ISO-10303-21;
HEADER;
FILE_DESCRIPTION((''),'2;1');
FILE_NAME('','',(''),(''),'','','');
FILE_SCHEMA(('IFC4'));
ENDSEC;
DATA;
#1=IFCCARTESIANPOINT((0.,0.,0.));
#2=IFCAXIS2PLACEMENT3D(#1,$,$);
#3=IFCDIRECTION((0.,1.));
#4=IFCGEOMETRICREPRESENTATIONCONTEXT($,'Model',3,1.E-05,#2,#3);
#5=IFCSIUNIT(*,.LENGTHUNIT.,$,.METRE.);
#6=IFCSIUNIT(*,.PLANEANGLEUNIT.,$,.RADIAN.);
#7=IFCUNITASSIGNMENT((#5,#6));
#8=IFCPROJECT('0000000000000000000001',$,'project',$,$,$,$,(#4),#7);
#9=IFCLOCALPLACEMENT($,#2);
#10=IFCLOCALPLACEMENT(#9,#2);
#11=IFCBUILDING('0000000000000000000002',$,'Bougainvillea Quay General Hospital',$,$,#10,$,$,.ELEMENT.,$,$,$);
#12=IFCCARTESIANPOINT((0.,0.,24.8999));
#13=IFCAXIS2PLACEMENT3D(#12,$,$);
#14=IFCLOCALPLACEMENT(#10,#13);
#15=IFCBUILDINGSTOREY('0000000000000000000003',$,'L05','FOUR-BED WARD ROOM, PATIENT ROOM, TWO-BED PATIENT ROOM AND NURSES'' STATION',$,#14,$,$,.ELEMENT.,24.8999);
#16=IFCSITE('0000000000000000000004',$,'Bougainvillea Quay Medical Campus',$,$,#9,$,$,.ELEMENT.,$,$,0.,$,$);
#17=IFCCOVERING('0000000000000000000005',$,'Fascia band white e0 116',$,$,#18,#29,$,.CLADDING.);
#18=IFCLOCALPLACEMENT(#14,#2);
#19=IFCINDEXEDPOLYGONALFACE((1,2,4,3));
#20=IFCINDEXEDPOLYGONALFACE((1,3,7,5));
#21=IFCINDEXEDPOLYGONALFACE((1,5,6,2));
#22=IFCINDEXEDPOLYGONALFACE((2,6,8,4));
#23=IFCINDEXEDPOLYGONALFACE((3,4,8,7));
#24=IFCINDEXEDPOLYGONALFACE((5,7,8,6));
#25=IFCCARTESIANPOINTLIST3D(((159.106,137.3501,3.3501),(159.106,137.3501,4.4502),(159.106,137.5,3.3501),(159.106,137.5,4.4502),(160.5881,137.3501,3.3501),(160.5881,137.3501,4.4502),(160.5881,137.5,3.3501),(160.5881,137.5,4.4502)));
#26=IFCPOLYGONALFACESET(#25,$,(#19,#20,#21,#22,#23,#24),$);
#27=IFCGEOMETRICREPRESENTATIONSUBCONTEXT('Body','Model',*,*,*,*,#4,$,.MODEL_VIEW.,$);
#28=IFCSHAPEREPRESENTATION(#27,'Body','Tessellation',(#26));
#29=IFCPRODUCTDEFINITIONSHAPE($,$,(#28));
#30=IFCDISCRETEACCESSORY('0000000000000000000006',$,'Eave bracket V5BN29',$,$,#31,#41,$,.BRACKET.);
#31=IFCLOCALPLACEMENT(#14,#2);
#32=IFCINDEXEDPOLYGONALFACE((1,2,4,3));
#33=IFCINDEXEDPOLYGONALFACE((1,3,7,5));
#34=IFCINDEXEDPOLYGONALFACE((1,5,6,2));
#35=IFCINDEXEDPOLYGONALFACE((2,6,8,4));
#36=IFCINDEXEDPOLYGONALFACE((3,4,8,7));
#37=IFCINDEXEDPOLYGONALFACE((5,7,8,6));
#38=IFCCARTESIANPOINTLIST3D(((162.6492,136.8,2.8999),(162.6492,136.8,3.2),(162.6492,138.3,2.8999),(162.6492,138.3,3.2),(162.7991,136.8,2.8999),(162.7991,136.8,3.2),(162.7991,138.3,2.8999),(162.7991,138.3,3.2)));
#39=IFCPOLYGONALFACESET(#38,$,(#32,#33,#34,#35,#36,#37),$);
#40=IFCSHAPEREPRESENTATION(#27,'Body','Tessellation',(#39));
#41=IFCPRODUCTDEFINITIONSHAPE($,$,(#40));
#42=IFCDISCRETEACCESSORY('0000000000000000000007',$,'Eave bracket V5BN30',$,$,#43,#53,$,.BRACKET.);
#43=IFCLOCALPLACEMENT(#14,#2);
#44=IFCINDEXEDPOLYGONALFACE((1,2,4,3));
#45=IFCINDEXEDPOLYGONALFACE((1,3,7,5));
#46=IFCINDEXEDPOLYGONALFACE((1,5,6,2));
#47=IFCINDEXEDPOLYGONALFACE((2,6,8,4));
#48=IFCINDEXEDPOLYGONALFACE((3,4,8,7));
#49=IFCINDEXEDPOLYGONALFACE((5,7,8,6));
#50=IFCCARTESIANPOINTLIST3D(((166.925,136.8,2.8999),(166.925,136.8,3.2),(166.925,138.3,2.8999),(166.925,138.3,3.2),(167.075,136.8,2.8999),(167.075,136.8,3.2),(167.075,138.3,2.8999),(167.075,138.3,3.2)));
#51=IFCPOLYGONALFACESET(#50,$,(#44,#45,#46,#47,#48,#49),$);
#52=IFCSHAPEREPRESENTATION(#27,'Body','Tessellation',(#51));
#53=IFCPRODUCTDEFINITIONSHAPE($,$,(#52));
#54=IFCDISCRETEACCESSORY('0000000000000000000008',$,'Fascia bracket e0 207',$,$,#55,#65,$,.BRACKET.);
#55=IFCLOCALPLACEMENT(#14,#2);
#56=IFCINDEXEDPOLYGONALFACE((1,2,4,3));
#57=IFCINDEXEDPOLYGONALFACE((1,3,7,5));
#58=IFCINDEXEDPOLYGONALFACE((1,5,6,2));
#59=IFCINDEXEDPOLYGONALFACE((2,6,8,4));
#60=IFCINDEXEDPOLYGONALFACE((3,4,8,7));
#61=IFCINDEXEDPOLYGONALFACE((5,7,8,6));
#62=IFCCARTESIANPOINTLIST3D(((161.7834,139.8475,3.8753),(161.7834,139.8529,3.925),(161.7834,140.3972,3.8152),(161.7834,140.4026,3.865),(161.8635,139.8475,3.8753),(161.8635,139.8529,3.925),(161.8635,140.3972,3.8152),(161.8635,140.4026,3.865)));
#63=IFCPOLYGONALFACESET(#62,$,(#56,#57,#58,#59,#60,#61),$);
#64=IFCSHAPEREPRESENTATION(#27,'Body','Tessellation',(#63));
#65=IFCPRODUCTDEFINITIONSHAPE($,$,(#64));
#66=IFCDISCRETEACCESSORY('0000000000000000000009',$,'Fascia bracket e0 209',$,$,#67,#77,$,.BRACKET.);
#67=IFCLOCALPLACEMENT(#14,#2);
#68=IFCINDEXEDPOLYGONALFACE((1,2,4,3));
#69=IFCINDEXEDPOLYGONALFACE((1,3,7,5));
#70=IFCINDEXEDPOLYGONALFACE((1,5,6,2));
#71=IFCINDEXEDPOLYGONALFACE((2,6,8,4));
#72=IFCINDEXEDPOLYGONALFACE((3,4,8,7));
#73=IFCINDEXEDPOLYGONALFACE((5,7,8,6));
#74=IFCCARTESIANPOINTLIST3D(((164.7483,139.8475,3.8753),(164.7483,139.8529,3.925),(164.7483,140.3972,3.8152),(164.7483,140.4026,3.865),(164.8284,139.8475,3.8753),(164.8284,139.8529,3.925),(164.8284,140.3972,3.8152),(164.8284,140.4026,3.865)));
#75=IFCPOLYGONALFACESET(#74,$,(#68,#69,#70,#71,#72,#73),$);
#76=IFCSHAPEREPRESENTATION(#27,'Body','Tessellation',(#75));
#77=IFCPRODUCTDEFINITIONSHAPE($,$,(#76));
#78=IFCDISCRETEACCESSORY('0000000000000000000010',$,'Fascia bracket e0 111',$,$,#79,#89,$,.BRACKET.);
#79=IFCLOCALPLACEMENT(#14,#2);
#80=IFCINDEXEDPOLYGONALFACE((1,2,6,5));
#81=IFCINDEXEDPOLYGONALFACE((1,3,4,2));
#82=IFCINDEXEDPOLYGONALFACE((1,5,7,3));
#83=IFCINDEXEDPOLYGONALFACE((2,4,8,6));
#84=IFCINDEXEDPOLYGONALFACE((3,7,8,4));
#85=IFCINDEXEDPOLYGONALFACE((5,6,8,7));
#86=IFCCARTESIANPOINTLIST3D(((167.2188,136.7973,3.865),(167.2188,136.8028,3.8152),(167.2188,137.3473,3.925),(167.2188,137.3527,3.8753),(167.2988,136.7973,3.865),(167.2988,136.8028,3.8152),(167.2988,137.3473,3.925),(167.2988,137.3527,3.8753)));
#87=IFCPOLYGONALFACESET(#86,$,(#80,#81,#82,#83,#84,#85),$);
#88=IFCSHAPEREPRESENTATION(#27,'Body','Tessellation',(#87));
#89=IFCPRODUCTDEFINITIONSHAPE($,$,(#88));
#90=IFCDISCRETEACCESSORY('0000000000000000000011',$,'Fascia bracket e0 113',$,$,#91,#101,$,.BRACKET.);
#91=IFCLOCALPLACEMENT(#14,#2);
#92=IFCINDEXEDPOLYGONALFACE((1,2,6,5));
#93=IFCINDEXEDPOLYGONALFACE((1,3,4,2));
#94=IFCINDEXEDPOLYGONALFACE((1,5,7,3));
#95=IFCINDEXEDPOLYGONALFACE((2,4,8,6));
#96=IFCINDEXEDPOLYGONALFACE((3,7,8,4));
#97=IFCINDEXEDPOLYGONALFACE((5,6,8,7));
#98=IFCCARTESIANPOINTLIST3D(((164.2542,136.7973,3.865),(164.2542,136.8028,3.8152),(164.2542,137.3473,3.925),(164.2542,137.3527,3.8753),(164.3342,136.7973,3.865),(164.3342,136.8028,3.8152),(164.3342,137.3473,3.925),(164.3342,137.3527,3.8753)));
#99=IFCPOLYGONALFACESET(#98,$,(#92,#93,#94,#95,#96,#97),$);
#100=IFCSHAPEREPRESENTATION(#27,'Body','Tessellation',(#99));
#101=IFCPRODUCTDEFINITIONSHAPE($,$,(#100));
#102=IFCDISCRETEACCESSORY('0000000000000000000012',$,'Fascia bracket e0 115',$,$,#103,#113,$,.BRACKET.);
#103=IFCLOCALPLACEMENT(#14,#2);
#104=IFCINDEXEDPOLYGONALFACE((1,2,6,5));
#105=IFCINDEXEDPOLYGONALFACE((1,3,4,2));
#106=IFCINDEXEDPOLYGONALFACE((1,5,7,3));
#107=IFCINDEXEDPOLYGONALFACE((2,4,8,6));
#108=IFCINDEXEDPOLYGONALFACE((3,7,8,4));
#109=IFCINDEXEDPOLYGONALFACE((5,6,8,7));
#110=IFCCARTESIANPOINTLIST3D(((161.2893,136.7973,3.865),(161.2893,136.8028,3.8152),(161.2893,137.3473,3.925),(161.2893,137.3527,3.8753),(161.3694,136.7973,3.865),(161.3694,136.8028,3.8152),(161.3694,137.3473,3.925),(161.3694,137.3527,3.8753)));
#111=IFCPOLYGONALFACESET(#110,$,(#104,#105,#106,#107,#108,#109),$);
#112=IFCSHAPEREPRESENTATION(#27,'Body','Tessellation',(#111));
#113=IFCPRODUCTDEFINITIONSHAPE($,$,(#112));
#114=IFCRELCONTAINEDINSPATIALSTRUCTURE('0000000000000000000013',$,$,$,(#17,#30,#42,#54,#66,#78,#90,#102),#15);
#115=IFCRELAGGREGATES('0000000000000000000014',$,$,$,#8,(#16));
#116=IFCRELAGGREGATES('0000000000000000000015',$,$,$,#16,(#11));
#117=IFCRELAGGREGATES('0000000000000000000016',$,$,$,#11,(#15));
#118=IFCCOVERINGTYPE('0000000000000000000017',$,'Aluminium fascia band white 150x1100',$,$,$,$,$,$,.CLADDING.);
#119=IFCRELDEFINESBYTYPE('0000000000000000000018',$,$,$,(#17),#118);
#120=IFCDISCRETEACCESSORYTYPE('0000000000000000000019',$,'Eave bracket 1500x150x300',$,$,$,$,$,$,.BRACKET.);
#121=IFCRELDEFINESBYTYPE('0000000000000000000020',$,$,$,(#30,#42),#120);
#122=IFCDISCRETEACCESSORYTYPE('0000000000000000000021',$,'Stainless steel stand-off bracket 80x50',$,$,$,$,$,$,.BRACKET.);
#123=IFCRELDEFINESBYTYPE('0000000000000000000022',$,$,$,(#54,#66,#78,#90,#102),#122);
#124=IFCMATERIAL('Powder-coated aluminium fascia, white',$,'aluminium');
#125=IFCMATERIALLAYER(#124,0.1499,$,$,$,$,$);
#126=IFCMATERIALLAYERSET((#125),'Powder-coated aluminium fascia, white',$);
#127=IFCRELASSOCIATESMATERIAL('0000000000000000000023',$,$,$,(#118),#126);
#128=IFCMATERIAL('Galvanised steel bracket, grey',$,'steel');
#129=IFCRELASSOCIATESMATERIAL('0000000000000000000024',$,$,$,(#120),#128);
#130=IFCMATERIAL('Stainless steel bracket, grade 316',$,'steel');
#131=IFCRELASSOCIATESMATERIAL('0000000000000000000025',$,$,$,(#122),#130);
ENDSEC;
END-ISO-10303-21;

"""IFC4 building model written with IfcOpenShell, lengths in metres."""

from ifc_helpers import new_model, si_unit, direction, frame, origin, origin_2d, place, context, subcontext, project, spatial, polyline, rectangle, outline, extrude, material, layer, layer_set, material_profile, profile_set, type_object, element, save


model = new_model("IFC4")

# Units and contexts
model_context = context("Model", 3, precision=1e-05, world=origin(), true_north=direction((0.0, 1.0)))
body_context = subcontext(model_context, "Body", "Model", "MODEL_VIEW")
ifc_project = project(units=[si_unit("LENGTHUNIT", "METRE"), si_unit("PLANEANGLEUNIT", "RADIAN")], contexts=[model_context])

# Site, building, storey
site_placement = place(None, origin())
site = spatial("IfcSite", under=ifc_project, at=site_placement, Name="Bougainvillea Quay Medical Campus", CompositionType="ELEMENT", RefElevation=0.0)
building_placement = place(site_placement, origin())
building = spatial("IfcBuilding", under=site, at=building_placement, Name="Bougainvillea Quay General Hospital", CompositionType="ELEMENT")
storey_placement = place(building_placement, frame((0.0, 0.0, 24.8999)))
storey = spatial("IfcBuildingStorey", under=building, at=storey_placement, Name="L05", Description="FOUR-BED WARD ROOM, PATIENT ROOM, TWO-BED PATIENT ROOM AND NURSES' STATION", CompositionType="ELEMENT", Elevation=24.8999)

# Covering
ifc_material_1 = material(Name="Powder-coated aluminium fascia, white", Category="aluminium")
ifc_layer_1 = layer(ifc_material_1, 0.1499)
ifc_layer_set_1 = layer_set([ifc_layer_1], Name="Powder-coated aluminium fascia, white")
covering_type = type_object("IfcCoveringType", Name="Aluminium fascia band white 150x1100", PredefinedType="CLADDING", material=ifc_layer_set_1)
covering_1_placement = place(storey_placement, frame((160.5881, 137.3501, 3.3501), z_axis=(0.0, 0.0, 1.0), x_axis=(-1.0, 0.0, 0.0)))
element("IfcCovering", 1, at=covering_1_placement, inside=storey, type_object=covering_type, Name="Fascia band white e0 116", PredefinedType="CLADDING", context=body_context, shape_type="SweptSolid", body=[
    extrude(outline(polyline([(0.0, 0.0), (1.4822, 0.0), (1.4822, -0.1499), (0.0, -0.1499), (0.0, 0.0)])), origin(), (0.0, 0.0, 1.0), 1.1001),
])

# Discrete accessories
ifc_material_2 = material(Name="Galvanised steel bracket, grey", Category="steel")
discrete_accessory_type_1 = type_object("IfcDiscreteAccessoryType", Name="Eave bracket 1500x150x300", PredefinedType="BRACKET", material=ifc_material_2)
for number, where, z_axis, x_axis, name in (
    (2, (162.7241, 137.55, 2.8999), (0.0, 0.0, 1.0), (1.0, 0.0, 0.0), "Eave bracket V5BN29"),
    (3, (167.0, 137.55, 2.8999), (0.0, 0.0, 1.0), (1.0, 0.0, 0.0), "Eave bracket V5BN30"),
):
    element("IfcDiscreteAccessory", number, at=place(storey_placement, frame(where, z_axis=z_axis, x_axis=x_axis)), inside=storey, type_object=discrete_accessory_type_1, Name=name, PredefinedType="BRACKET", context=body_context, shape_type="SweptSolid", body=[
        extrude(rectangle(XDim=0.1499, YDim=1.5, at=origin_2d()), origin(), (0.0, 0.0, 1.0), 0.3),
    ])
ifc_material_3 = material(Name="Stainless steel bracket, grade 316", Category="steel")
ifc_material_profile_1 = material_profile(ifc_material_3, rectangle(XDim=0.0801, YDim=0.05, at=origin_2d()))
ifc_profile_set_1 = profile_set([ifc_material_profile_1], Name="Stainless steel bracket, grade 316")
discrete_accessory_type_2 = type_object("IfcDiscreteAccessoryType", Name="Stainless steel stand-off bracket 80x50", PredefinedType="BRACKET", material=ifc_profile_set_1)
for number, where, z_axis, x_axis, name in (
    (4, (161.8235, 140.3999, 3.8401), (0.0, -0.994087, 0.10859), (1.0, 0.0, 0.0), "Fascia bracket e0 207"),
    (5, (164.7883, 140.3999, 3.8401), (0.0, -0.994087, 0.10859), (1.0, 0.0, 0.0), "Fascia bracket e0 209"),
):
    element("IfcDiscreteAccessory", number, at=place(storey_placement, frame(where, z_axis=z_axis, x_axis=x_axis)), inside=storey, type_object=discrete_accessory_type_2, Name=name, PredefinedType="BRACKET", context=body_context, shape_type="SweptSolid", body=[
        extrude(rectangle(XDim=0.0801, YDim=0.05, at=origin_2d()), origin(), (0.0, 0.0, 1.0), 0.553),
    ])
for number, where, z_axis, x_axis, name in (
    (6, (167.2588, 136.8, 3.8401), (0.0, 0.994092, 0.108543), (-1.0, 0.0, 0.0), "Fascia bracket e0 111"),
    (7, (164.2942, 136.8, 3.8401), (0.0, 0.994092, 0.108543), (-1.0, 0.0, 0.0), "Fascia bracket e0 113"),
    (8, (161.3293, 136.8, 3.8401), (0.0, 0.994092, 0.108543), (-1.0, 0.0, 0.0), "Fascia bracket e0 115"),
):
    element("IfcDiscreteAccessory", number, at=place(storey_placement, frame(where, z_axis=z_axis, x_axis=x_axis)), inside=storey, type_object=discrete_accessory_type_2, Name=name, PredefinedType="BRACKET", context=body_context, shape_type="SweptSolid", body=[
        extrude(rectangle(XDim=0.0801, YDim=0.05, at=origin_2d()), origin(), (0.0, 0.0, 1.0), 0.5532),
    ])

save(model, "model.ifc")
